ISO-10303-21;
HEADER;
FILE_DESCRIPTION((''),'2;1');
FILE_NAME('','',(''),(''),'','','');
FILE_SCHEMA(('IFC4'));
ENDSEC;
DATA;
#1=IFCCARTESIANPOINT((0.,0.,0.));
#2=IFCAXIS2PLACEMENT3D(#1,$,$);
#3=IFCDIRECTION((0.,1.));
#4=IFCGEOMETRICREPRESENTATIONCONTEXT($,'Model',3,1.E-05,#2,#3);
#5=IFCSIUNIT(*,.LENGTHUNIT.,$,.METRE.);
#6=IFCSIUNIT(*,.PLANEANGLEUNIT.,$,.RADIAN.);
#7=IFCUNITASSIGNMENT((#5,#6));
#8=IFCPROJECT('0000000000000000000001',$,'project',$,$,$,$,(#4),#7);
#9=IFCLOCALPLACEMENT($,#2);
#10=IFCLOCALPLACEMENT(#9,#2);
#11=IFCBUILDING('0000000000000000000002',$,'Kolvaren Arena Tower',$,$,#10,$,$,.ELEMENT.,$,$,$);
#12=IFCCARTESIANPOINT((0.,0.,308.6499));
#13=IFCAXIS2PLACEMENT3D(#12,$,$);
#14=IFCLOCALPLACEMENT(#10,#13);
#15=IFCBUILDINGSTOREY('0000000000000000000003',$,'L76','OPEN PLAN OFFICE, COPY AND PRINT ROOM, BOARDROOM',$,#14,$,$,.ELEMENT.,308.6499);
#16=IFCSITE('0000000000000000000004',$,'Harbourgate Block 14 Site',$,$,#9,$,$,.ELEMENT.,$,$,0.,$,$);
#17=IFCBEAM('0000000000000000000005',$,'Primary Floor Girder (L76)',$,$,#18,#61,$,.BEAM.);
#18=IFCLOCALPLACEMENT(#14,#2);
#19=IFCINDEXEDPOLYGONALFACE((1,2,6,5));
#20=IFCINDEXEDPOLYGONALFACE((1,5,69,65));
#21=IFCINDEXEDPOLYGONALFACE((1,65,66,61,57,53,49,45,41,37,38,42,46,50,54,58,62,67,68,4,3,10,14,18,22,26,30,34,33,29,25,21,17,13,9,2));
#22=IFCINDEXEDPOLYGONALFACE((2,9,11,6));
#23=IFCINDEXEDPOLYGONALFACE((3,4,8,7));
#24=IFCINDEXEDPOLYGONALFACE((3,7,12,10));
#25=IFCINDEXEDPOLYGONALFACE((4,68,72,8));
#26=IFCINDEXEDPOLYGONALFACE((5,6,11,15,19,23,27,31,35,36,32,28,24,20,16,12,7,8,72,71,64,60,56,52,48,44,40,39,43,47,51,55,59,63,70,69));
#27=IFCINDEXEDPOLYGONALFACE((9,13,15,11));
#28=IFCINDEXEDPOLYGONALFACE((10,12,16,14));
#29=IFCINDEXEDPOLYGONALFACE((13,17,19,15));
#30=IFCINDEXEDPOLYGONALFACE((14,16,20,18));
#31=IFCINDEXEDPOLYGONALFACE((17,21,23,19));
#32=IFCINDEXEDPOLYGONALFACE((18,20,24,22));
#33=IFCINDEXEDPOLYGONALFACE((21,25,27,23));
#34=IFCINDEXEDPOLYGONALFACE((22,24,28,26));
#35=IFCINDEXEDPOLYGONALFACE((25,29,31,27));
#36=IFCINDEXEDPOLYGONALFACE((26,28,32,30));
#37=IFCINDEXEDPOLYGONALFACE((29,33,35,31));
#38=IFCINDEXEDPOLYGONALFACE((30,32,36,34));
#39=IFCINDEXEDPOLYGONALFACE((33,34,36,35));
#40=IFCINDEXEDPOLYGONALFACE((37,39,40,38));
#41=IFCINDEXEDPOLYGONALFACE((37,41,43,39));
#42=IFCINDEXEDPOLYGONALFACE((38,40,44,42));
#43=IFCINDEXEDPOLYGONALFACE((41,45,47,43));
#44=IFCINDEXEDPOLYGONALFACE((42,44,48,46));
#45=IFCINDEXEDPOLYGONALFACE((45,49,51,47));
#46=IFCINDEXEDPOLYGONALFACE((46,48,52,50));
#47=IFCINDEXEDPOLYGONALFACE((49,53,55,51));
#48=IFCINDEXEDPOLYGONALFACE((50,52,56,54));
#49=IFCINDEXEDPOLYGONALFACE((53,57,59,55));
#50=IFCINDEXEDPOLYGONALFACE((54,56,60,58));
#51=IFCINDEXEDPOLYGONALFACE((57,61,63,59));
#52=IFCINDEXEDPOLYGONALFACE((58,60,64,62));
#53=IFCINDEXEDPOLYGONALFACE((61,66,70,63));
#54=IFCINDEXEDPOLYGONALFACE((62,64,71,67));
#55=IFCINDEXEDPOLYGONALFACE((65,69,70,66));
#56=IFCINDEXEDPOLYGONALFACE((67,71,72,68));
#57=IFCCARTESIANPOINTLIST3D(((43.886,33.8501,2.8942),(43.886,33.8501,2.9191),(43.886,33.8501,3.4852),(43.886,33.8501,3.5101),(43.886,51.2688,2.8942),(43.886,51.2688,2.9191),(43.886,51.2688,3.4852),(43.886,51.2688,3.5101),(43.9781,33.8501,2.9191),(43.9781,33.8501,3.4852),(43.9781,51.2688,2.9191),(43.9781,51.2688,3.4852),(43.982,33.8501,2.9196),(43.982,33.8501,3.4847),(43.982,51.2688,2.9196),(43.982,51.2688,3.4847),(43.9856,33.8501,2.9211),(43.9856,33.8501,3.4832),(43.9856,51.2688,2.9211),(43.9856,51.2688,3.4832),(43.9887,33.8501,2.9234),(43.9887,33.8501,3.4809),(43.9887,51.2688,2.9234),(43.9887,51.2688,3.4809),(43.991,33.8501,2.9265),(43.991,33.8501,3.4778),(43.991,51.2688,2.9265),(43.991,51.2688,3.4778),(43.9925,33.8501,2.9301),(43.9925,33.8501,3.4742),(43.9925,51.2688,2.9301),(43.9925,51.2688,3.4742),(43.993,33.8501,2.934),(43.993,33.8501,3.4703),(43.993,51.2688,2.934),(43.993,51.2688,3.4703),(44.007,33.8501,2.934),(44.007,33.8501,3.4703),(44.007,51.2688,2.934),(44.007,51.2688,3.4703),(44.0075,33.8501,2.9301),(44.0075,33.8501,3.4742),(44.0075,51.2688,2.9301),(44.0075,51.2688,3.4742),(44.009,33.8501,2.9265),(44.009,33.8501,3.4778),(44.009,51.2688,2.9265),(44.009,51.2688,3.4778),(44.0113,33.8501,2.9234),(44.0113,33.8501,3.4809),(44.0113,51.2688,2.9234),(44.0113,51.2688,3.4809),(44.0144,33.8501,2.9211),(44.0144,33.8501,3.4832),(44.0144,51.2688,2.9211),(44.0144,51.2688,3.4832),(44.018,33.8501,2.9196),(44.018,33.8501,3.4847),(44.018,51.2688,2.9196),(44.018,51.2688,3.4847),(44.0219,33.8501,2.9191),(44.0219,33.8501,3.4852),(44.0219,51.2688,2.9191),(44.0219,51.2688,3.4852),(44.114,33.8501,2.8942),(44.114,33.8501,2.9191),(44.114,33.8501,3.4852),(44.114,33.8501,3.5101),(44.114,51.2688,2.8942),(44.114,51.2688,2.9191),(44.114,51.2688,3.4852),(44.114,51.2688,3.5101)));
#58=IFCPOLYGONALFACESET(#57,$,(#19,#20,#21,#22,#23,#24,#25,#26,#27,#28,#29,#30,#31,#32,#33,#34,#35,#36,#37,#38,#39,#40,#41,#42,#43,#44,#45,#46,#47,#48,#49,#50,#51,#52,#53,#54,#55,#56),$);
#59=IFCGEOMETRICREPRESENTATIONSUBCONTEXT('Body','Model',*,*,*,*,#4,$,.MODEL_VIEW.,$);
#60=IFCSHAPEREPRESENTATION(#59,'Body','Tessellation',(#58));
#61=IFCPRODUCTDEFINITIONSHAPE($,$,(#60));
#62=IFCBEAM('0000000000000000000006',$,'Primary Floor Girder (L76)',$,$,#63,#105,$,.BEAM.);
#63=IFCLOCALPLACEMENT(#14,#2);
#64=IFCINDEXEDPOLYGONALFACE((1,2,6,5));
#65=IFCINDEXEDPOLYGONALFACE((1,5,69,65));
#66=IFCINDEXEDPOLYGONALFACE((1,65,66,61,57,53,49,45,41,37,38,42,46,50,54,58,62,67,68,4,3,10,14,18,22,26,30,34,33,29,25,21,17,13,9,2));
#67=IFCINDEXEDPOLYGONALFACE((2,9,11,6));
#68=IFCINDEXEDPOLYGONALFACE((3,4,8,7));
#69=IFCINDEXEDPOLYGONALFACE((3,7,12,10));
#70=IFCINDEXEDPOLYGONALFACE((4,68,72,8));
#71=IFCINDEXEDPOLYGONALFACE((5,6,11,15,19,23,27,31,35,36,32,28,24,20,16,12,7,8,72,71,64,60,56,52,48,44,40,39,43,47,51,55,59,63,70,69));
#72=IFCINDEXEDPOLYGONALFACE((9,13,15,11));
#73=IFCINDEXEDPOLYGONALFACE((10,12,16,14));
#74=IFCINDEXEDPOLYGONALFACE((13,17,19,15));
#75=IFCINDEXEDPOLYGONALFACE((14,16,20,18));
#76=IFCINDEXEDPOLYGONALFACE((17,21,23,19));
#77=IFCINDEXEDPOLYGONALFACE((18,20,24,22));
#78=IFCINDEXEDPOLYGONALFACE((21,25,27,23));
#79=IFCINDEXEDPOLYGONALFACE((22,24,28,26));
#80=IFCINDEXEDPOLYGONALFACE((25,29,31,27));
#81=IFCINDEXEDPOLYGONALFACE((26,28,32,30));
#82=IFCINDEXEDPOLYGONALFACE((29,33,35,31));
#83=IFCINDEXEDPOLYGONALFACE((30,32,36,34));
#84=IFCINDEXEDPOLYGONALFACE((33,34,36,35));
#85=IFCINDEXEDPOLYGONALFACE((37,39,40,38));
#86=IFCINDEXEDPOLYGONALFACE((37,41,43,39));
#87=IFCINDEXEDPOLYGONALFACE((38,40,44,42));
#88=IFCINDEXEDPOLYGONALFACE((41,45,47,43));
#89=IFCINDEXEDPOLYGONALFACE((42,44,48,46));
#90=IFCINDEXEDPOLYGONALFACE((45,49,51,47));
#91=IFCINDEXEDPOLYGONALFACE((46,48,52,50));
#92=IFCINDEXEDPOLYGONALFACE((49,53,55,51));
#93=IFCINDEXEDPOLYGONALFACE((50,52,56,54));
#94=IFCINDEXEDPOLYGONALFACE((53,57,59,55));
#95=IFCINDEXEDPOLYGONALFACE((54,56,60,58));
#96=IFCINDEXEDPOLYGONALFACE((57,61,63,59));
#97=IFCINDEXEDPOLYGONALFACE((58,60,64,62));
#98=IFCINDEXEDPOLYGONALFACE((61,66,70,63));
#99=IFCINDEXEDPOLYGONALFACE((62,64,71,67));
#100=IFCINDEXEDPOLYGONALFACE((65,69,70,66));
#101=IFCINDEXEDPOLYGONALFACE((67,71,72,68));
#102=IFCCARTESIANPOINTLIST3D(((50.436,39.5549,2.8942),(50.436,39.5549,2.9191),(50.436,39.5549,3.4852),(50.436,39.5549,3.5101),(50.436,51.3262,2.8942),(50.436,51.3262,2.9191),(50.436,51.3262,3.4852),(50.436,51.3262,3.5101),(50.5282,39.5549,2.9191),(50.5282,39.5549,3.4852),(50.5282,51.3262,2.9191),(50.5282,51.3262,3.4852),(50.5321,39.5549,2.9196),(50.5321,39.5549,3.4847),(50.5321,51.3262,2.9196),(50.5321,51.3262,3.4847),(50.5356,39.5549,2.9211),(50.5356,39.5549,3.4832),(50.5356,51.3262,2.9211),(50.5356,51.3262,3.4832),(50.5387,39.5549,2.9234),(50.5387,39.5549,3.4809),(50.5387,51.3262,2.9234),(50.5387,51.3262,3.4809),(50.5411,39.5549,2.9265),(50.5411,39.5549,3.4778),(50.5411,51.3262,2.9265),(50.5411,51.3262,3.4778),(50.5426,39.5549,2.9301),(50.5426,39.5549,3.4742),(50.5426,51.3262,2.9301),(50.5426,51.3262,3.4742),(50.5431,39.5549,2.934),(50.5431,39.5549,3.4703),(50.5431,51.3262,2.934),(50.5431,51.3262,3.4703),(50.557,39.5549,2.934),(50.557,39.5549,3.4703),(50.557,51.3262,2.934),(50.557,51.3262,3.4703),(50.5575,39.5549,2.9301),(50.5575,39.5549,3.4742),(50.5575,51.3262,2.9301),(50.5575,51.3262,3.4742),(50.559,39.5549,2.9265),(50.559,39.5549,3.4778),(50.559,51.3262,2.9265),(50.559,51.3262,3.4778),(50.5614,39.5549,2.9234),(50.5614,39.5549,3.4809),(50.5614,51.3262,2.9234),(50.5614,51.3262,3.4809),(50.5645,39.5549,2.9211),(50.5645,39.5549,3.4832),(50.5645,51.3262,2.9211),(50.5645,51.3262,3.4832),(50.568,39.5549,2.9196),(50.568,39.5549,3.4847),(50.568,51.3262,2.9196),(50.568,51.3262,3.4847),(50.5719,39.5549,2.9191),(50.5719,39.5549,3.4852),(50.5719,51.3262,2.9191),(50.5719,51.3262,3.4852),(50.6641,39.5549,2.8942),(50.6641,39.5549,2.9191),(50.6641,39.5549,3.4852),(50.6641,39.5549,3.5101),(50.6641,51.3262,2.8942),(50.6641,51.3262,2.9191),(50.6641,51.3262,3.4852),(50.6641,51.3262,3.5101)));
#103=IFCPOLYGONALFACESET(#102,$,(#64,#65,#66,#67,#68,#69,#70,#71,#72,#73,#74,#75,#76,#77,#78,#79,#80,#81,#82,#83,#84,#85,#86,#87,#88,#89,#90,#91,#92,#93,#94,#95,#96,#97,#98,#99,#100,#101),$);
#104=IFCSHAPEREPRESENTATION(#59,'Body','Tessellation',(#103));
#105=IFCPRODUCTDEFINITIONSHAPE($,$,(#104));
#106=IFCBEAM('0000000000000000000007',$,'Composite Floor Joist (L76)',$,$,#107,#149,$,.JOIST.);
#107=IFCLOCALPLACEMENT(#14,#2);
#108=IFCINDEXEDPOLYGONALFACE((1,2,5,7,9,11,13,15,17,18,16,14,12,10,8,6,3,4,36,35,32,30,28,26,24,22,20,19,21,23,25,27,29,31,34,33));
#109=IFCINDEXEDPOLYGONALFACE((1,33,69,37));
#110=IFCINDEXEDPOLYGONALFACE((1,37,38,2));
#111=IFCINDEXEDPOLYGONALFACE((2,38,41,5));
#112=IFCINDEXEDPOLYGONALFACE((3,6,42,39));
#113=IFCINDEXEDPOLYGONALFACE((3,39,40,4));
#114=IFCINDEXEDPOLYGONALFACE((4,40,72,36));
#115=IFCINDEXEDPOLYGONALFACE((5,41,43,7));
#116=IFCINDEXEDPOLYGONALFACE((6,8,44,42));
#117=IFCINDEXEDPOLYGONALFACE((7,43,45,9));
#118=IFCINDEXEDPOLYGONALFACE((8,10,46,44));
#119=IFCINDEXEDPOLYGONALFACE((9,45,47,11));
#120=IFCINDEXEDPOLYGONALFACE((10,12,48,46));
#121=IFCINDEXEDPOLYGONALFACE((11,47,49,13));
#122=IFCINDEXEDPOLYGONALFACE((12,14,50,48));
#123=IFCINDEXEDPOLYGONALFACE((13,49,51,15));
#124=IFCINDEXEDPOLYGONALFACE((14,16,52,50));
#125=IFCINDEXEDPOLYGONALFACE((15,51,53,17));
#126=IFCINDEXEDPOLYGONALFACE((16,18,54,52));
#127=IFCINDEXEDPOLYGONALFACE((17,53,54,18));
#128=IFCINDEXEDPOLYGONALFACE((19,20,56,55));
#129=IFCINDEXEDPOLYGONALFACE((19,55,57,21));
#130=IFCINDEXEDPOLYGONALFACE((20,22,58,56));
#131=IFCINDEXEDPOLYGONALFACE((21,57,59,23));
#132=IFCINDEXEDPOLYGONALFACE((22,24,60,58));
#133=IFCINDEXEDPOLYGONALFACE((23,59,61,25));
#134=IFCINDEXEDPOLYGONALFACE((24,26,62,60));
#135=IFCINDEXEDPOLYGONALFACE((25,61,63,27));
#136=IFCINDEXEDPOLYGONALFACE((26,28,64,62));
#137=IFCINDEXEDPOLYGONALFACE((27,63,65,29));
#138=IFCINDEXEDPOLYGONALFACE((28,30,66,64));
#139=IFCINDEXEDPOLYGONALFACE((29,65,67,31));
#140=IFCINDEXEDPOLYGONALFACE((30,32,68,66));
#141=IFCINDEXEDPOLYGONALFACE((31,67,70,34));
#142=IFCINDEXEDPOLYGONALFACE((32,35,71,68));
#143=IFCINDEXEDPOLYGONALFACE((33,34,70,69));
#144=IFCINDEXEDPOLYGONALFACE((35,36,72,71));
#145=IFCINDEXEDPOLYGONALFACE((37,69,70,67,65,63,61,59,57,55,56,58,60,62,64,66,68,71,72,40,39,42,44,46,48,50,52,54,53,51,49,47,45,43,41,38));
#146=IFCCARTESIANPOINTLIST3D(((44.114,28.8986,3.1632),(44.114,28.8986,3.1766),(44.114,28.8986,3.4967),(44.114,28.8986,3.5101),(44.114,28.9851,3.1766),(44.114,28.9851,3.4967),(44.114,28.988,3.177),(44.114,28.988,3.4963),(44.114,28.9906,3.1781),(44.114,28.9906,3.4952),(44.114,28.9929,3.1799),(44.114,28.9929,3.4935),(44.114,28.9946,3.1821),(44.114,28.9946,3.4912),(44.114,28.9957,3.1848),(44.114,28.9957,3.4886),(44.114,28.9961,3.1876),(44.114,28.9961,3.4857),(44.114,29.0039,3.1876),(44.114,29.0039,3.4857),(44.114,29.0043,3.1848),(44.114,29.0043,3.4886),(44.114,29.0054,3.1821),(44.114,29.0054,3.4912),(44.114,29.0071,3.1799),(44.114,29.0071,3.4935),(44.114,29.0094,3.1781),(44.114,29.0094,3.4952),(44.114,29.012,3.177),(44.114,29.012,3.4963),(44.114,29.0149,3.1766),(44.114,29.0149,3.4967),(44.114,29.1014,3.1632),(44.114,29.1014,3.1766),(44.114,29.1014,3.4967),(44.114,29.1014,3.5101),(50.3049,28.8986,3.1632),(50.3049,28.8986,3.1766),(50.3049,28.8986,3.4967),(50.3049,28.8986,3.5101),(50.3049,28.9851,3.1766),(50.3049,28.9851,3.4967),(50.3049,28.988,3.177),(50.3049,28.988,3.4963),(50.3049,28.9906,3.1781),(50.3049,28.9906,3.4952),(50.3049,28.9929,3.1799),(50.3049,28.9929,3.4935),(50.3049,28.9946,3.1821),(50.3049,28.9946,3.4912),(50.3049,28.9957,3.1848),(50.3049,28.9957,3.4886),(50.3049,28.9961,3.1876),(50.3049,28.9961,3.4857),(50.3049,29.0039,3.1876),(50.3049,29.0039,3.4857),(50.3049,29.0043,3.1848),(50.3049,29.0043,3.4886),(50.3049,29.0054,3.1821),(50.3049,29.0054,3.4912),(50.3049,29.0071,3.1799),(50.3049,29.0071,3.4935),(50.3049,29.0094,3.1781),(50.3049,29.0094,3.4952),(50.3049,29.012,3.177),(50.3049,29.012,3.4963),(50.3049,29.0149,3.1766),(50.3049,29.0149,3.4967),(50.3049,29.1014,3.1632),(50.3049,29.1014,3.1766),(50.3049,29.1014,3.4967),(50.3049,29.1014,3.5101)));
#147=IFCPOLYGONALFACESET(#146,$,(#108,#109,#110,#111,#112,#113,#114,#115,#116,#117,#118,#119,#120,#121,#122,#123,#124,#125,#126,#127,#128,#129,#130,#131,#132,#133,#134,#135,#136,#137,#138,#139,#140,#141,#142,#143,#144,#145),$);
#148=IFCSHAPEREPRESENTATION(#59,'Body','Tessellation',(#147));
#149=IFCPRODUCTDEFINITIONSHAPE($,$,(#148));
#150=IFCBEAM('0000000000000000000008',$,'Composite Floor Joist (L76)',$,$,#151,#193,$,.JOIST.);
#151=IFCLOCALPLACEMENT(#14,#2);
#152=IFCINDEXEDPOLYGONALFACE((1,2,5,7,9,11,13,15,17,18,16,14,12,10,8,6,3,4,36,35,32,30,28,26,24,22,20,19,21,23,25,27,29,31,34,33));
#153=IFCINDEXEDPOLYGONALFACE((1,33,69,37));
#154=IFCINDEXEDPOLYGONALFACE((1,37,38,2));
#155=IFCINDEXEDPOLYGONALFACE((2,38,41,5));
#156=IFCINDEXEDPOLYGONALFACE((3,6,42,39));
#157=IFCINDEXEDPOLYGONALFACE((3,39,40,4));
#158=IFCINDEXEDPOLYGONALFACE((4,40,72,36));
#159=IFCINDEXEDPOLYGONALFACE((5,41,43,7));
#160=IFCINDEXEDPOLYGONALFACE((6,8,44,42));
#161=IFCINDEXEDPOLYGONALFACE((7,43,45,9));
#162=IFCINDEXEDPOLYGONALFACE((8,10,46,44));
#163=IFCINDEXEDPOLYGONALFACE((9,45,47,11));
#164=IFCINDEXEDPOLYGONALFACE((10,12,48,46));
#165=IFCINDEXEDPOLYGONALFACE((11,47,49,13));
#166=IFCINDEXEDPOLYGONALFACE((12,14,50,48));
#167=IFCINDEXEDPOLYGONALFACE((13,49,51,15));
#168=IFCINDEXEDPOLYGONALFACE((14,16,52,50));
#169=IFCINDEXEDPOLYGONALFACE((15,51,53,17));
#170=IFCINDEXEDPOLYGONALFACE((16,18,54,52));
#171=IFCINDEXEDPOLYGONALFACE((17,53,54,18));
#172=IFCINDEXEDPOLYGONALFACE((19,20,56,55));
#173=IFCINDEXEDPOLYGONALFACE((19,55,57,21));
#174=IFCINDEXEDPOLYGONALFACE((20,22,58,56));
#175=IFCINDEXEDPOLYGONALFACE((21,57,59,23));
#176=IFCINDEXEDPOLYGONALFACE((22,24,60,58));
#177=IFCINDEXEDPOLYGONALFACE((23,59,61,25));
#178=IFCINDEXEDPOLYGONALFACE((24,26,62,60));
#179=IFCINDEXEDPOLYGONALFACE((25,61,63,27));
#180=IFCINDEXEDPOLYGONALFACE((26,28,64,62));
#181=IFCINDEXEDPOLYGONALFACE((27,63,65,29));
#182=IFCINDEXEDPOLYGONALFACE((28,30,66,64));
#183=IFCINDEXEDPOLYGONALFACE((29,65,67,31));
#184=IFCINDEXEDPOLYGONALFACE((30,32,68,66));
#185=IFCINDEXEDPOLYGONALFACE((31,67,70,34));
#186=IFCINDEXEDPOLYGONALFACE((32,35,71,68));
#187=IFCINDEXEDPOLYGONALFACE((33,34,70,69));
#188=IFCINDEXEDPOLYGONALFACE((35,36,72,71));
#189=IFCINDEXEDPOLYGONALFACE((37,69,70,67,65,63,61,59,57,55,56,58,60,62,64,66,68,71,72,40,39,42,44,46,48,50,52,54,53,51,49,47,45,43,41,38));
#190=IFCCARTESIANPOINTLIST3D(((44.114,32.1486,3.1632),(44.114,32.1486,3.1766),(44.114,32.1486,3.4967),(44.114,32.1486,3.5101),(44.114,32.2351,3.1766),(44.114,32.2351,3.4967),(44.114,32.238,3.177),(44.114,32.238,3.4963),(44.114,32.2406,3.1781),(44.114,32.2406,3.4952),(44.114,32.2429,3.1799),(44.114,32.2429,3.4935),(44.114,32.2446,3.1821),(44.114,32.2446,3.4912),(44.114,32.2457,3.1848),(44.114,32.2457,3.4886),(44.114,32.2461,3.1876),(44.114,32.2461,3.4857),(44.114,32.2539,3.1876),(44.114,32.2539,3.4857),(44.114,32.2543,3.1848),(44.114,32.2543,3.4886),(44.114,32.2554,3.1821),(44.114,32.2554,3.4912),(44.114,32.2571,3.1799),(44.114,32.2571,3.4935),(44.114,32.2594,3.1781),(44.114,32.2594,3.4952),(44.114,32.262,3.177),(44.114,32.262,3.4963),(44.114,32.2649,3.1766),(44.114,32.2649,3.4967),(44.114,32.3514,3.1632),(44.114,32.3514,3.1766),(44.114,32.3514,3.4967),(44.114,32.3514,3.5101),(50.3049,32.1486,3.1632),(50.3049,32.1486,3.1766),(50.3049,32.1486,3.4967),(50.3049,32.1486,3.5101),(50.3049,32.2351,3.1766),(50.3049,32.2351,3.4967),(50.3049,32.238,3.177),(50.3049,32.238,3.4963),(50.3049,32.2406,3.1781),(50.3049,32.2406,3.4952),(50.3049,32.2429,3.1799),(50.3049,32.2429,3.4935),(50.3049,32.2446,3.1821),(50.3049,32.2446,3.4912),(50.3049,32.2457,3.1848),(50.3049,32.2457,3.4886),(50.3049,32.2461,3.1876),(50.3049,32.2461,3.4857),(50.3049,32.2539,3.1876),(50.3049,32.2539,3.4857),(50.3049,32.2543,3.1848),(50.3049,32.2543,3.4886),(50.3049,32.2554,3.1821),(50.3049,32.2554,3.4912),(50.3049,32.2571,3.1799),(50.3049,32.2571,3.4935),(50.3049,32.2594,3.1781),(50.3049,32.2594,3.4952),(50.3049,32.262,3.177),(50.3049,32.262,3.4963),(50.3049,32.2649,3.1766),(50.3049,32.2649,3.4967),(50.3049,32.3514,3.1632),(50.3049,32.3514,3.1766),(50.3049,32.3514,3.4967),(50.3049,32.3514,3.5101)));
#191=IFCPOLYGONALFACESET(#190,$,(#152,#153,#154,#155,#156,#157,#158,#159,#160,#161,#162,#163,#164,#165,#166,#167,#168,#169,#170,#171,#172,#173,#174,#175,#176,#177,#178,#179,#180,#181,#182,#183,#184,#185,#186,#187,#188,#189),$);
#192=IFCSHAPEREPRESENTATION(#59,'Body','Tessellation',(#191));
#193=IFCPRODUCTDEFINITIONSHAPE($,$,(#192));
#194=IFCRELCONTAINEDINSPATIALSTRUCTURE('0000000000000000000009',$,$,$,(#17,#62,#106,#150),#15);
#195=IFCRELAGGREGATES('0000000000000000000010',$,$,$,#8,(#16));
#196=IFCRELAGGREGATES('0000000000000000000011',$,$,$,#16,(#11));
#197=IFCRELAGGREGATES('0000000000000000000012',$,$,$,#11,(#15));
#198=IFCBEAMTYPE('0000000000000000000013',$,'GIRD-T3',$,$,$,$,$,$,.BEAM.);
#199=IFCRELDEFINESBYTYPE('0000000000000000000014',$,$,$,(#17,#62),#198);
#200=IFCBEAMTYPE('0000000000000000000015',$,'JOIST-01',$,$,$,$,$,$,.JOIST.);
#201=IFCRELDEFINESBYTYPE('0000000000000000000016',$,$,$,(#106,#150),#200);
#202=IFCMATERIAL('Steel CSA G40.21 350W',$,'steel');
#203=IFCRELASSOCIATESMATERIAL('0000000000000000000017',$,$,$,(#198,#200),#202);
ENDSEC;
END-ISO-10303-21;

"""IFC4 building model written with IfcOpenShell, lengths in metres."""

from ifc_helpers import new_model, si_unit, direction, frame, origin, origin_2d, place, context, subcontext, project, spatial, i_section, extrude, material, material_profile, profile_set, type_object, element, save


model = new_model("IFC4")

# Units and contexts
model_context = context("Model", 3, precision=1e-05, world=origin(), true_north=direction((0.0, 1.0)))
body_context = subcontext(model_context, "Body", "Model", "MODEL_VIEW")
ifc_project = project(units=[si_unit("LENGTHUNIT", "METRE"), si_unit("PLANEANGLEUNIT", "RADIAN")], contexts=[model_context])

# Site, building, storey
site_placement = place(None, origin())
site = spatial("IfcSite", under=ifc_project, at=site_placement, Name="Harbourgate Block 14 Site", CompositionType="ELEMENT", RefElevation=0.0)
building_placement = place(site_placement, origin())
building = spatial("IfcBuilding", under=site, at=building_placement, Name="Kolvaren Arena Tower", CompositionType="ELEMENT")
storey_placement = place(building_placement, frame((0.0, 0.0, 308.6499)))
storey = spatial("IfcBuildingStorey", under=building, at=storey_placement, Name="L76", Description="OPEN PLAN OFFICE, COPY AND PRINT ROOM, BOARDROOM", CompositionType="ELEMENT", Elevation=308.6499)

# Beams
ifc_material_1 = material(Name="Steel CSA G40.21 350W", Category="steel")
ifc_material_profile_1 = material_profile(ifc_material_1, i_section(OverallWidth=0.228, OverallDepth=0.616, WebThickness=0.0139, FlangeThickness=0.0249, FilletRadius=0.0149, at=origin_2d()), Name="W610x174")
ifc_profile_set_1 = profile_set([ifc_material_profile_1], Name="Steel CSA G40.21 350W")
beam_type_1 = type_object("IfcBeamType", Name="GIRD-T3", PredefinedType="BEAM", material=ifc_profile_set_1)
beam_1_placement = place(storey_placement, frame((44.0, 33.8501, 3.2021), z_axis=(0.0, 1.0, 0.0), x_axis=(-1.0, 0.0, 0.0)))
element("IfcBeam", 1, at=beam_1_placement, inside=storey, type_object=beam_type_1, Name="Primary Floor Girder (L76)", PredefinedType="BEAM", context=body_context, shape_type="SweptSolid", body=[
    extrude(i_section(OverallWidth=0.228, OverallDepth=0.616, WebThickness=0.0139, FlangeThickness=0.0249, FilletRadius=0.0149, at=origin_2d()), origin(), (0.0, 0.0, 1.0), 17.4187),
])
beam_2_placement = place(storey_placement, frame((50.55, 39.5549, 3.2021), z_axis=(0.0, 1.0, 0.0), x_axis=(-1.0, 0.0, 0.0)))
element("IfcBeam", 2, at=beam_2_placement, inside=storey, type_object=beam_type_1, Name="Primary Floor Girder (L76)", PredefinedType="BEAM", context=body_context, shape_type="SweptSolid", body=[
    extrude(i_section(OverallWidth=0.228, OverallDepth=0.616, WebThickness=0.0139, FlangeThickness=0.0249, FilletRadius=0.0149, at=origin_2d()), origin(), (0.0, 0.0, 1.0), 11.7712),
])
ifc_material_profile_2 = material_profile(ifc_material_1, i_section(OverallWidth=0.2029, OverallDepth=0.3469, WebThickness=0.0078, FlangeThickness=0.0134, FilletRadius=0.011, at=origin_2d()), Name="W360x64")
ifc_profile_set_2 = profile_set([ifc_material_profile_2], Name="Steel CSA G40.21 350W")
beam_type_2 = type_object("IfcBeamType", Name="JOIST-01", PredefinedType="JOIST", material=ifc_profile_set_2)
for number, where, z_axis, x_axis, name in (
    (3, (44.114, 29.0, 3.3367), (1.0, 0.0, 0.0), (0.0, 1.0, 0.0), "Composite Floor Joist (L76)"),
    (4, (44.114, 32.25, 3.3367), (1.0, 0.0, 0.0), (0.0, 1.0, 0.0), "Composite Floor Joist (L76)"),
):
    element("IfcBeam", number, at=place(storey_placement, frame(where, z_axis=z_axis, x_axis=x_axis)), inside=storey, type_object=beam_type_2, Name=name, PredefinedType="JOIST", context=body_context, shape_type="SweptSolid", body=[
        extrude(i_section(OverallWidth=0.2029, OverallDepth=0.3469, WebThickness=0.0078, FlangeThickness=0.0134, FilletRadius=0.011, at=origin_2d()), origin(), (0.0, 0.0, 1.0), 6.1909),
    ])

save(model, "model.ifc")
